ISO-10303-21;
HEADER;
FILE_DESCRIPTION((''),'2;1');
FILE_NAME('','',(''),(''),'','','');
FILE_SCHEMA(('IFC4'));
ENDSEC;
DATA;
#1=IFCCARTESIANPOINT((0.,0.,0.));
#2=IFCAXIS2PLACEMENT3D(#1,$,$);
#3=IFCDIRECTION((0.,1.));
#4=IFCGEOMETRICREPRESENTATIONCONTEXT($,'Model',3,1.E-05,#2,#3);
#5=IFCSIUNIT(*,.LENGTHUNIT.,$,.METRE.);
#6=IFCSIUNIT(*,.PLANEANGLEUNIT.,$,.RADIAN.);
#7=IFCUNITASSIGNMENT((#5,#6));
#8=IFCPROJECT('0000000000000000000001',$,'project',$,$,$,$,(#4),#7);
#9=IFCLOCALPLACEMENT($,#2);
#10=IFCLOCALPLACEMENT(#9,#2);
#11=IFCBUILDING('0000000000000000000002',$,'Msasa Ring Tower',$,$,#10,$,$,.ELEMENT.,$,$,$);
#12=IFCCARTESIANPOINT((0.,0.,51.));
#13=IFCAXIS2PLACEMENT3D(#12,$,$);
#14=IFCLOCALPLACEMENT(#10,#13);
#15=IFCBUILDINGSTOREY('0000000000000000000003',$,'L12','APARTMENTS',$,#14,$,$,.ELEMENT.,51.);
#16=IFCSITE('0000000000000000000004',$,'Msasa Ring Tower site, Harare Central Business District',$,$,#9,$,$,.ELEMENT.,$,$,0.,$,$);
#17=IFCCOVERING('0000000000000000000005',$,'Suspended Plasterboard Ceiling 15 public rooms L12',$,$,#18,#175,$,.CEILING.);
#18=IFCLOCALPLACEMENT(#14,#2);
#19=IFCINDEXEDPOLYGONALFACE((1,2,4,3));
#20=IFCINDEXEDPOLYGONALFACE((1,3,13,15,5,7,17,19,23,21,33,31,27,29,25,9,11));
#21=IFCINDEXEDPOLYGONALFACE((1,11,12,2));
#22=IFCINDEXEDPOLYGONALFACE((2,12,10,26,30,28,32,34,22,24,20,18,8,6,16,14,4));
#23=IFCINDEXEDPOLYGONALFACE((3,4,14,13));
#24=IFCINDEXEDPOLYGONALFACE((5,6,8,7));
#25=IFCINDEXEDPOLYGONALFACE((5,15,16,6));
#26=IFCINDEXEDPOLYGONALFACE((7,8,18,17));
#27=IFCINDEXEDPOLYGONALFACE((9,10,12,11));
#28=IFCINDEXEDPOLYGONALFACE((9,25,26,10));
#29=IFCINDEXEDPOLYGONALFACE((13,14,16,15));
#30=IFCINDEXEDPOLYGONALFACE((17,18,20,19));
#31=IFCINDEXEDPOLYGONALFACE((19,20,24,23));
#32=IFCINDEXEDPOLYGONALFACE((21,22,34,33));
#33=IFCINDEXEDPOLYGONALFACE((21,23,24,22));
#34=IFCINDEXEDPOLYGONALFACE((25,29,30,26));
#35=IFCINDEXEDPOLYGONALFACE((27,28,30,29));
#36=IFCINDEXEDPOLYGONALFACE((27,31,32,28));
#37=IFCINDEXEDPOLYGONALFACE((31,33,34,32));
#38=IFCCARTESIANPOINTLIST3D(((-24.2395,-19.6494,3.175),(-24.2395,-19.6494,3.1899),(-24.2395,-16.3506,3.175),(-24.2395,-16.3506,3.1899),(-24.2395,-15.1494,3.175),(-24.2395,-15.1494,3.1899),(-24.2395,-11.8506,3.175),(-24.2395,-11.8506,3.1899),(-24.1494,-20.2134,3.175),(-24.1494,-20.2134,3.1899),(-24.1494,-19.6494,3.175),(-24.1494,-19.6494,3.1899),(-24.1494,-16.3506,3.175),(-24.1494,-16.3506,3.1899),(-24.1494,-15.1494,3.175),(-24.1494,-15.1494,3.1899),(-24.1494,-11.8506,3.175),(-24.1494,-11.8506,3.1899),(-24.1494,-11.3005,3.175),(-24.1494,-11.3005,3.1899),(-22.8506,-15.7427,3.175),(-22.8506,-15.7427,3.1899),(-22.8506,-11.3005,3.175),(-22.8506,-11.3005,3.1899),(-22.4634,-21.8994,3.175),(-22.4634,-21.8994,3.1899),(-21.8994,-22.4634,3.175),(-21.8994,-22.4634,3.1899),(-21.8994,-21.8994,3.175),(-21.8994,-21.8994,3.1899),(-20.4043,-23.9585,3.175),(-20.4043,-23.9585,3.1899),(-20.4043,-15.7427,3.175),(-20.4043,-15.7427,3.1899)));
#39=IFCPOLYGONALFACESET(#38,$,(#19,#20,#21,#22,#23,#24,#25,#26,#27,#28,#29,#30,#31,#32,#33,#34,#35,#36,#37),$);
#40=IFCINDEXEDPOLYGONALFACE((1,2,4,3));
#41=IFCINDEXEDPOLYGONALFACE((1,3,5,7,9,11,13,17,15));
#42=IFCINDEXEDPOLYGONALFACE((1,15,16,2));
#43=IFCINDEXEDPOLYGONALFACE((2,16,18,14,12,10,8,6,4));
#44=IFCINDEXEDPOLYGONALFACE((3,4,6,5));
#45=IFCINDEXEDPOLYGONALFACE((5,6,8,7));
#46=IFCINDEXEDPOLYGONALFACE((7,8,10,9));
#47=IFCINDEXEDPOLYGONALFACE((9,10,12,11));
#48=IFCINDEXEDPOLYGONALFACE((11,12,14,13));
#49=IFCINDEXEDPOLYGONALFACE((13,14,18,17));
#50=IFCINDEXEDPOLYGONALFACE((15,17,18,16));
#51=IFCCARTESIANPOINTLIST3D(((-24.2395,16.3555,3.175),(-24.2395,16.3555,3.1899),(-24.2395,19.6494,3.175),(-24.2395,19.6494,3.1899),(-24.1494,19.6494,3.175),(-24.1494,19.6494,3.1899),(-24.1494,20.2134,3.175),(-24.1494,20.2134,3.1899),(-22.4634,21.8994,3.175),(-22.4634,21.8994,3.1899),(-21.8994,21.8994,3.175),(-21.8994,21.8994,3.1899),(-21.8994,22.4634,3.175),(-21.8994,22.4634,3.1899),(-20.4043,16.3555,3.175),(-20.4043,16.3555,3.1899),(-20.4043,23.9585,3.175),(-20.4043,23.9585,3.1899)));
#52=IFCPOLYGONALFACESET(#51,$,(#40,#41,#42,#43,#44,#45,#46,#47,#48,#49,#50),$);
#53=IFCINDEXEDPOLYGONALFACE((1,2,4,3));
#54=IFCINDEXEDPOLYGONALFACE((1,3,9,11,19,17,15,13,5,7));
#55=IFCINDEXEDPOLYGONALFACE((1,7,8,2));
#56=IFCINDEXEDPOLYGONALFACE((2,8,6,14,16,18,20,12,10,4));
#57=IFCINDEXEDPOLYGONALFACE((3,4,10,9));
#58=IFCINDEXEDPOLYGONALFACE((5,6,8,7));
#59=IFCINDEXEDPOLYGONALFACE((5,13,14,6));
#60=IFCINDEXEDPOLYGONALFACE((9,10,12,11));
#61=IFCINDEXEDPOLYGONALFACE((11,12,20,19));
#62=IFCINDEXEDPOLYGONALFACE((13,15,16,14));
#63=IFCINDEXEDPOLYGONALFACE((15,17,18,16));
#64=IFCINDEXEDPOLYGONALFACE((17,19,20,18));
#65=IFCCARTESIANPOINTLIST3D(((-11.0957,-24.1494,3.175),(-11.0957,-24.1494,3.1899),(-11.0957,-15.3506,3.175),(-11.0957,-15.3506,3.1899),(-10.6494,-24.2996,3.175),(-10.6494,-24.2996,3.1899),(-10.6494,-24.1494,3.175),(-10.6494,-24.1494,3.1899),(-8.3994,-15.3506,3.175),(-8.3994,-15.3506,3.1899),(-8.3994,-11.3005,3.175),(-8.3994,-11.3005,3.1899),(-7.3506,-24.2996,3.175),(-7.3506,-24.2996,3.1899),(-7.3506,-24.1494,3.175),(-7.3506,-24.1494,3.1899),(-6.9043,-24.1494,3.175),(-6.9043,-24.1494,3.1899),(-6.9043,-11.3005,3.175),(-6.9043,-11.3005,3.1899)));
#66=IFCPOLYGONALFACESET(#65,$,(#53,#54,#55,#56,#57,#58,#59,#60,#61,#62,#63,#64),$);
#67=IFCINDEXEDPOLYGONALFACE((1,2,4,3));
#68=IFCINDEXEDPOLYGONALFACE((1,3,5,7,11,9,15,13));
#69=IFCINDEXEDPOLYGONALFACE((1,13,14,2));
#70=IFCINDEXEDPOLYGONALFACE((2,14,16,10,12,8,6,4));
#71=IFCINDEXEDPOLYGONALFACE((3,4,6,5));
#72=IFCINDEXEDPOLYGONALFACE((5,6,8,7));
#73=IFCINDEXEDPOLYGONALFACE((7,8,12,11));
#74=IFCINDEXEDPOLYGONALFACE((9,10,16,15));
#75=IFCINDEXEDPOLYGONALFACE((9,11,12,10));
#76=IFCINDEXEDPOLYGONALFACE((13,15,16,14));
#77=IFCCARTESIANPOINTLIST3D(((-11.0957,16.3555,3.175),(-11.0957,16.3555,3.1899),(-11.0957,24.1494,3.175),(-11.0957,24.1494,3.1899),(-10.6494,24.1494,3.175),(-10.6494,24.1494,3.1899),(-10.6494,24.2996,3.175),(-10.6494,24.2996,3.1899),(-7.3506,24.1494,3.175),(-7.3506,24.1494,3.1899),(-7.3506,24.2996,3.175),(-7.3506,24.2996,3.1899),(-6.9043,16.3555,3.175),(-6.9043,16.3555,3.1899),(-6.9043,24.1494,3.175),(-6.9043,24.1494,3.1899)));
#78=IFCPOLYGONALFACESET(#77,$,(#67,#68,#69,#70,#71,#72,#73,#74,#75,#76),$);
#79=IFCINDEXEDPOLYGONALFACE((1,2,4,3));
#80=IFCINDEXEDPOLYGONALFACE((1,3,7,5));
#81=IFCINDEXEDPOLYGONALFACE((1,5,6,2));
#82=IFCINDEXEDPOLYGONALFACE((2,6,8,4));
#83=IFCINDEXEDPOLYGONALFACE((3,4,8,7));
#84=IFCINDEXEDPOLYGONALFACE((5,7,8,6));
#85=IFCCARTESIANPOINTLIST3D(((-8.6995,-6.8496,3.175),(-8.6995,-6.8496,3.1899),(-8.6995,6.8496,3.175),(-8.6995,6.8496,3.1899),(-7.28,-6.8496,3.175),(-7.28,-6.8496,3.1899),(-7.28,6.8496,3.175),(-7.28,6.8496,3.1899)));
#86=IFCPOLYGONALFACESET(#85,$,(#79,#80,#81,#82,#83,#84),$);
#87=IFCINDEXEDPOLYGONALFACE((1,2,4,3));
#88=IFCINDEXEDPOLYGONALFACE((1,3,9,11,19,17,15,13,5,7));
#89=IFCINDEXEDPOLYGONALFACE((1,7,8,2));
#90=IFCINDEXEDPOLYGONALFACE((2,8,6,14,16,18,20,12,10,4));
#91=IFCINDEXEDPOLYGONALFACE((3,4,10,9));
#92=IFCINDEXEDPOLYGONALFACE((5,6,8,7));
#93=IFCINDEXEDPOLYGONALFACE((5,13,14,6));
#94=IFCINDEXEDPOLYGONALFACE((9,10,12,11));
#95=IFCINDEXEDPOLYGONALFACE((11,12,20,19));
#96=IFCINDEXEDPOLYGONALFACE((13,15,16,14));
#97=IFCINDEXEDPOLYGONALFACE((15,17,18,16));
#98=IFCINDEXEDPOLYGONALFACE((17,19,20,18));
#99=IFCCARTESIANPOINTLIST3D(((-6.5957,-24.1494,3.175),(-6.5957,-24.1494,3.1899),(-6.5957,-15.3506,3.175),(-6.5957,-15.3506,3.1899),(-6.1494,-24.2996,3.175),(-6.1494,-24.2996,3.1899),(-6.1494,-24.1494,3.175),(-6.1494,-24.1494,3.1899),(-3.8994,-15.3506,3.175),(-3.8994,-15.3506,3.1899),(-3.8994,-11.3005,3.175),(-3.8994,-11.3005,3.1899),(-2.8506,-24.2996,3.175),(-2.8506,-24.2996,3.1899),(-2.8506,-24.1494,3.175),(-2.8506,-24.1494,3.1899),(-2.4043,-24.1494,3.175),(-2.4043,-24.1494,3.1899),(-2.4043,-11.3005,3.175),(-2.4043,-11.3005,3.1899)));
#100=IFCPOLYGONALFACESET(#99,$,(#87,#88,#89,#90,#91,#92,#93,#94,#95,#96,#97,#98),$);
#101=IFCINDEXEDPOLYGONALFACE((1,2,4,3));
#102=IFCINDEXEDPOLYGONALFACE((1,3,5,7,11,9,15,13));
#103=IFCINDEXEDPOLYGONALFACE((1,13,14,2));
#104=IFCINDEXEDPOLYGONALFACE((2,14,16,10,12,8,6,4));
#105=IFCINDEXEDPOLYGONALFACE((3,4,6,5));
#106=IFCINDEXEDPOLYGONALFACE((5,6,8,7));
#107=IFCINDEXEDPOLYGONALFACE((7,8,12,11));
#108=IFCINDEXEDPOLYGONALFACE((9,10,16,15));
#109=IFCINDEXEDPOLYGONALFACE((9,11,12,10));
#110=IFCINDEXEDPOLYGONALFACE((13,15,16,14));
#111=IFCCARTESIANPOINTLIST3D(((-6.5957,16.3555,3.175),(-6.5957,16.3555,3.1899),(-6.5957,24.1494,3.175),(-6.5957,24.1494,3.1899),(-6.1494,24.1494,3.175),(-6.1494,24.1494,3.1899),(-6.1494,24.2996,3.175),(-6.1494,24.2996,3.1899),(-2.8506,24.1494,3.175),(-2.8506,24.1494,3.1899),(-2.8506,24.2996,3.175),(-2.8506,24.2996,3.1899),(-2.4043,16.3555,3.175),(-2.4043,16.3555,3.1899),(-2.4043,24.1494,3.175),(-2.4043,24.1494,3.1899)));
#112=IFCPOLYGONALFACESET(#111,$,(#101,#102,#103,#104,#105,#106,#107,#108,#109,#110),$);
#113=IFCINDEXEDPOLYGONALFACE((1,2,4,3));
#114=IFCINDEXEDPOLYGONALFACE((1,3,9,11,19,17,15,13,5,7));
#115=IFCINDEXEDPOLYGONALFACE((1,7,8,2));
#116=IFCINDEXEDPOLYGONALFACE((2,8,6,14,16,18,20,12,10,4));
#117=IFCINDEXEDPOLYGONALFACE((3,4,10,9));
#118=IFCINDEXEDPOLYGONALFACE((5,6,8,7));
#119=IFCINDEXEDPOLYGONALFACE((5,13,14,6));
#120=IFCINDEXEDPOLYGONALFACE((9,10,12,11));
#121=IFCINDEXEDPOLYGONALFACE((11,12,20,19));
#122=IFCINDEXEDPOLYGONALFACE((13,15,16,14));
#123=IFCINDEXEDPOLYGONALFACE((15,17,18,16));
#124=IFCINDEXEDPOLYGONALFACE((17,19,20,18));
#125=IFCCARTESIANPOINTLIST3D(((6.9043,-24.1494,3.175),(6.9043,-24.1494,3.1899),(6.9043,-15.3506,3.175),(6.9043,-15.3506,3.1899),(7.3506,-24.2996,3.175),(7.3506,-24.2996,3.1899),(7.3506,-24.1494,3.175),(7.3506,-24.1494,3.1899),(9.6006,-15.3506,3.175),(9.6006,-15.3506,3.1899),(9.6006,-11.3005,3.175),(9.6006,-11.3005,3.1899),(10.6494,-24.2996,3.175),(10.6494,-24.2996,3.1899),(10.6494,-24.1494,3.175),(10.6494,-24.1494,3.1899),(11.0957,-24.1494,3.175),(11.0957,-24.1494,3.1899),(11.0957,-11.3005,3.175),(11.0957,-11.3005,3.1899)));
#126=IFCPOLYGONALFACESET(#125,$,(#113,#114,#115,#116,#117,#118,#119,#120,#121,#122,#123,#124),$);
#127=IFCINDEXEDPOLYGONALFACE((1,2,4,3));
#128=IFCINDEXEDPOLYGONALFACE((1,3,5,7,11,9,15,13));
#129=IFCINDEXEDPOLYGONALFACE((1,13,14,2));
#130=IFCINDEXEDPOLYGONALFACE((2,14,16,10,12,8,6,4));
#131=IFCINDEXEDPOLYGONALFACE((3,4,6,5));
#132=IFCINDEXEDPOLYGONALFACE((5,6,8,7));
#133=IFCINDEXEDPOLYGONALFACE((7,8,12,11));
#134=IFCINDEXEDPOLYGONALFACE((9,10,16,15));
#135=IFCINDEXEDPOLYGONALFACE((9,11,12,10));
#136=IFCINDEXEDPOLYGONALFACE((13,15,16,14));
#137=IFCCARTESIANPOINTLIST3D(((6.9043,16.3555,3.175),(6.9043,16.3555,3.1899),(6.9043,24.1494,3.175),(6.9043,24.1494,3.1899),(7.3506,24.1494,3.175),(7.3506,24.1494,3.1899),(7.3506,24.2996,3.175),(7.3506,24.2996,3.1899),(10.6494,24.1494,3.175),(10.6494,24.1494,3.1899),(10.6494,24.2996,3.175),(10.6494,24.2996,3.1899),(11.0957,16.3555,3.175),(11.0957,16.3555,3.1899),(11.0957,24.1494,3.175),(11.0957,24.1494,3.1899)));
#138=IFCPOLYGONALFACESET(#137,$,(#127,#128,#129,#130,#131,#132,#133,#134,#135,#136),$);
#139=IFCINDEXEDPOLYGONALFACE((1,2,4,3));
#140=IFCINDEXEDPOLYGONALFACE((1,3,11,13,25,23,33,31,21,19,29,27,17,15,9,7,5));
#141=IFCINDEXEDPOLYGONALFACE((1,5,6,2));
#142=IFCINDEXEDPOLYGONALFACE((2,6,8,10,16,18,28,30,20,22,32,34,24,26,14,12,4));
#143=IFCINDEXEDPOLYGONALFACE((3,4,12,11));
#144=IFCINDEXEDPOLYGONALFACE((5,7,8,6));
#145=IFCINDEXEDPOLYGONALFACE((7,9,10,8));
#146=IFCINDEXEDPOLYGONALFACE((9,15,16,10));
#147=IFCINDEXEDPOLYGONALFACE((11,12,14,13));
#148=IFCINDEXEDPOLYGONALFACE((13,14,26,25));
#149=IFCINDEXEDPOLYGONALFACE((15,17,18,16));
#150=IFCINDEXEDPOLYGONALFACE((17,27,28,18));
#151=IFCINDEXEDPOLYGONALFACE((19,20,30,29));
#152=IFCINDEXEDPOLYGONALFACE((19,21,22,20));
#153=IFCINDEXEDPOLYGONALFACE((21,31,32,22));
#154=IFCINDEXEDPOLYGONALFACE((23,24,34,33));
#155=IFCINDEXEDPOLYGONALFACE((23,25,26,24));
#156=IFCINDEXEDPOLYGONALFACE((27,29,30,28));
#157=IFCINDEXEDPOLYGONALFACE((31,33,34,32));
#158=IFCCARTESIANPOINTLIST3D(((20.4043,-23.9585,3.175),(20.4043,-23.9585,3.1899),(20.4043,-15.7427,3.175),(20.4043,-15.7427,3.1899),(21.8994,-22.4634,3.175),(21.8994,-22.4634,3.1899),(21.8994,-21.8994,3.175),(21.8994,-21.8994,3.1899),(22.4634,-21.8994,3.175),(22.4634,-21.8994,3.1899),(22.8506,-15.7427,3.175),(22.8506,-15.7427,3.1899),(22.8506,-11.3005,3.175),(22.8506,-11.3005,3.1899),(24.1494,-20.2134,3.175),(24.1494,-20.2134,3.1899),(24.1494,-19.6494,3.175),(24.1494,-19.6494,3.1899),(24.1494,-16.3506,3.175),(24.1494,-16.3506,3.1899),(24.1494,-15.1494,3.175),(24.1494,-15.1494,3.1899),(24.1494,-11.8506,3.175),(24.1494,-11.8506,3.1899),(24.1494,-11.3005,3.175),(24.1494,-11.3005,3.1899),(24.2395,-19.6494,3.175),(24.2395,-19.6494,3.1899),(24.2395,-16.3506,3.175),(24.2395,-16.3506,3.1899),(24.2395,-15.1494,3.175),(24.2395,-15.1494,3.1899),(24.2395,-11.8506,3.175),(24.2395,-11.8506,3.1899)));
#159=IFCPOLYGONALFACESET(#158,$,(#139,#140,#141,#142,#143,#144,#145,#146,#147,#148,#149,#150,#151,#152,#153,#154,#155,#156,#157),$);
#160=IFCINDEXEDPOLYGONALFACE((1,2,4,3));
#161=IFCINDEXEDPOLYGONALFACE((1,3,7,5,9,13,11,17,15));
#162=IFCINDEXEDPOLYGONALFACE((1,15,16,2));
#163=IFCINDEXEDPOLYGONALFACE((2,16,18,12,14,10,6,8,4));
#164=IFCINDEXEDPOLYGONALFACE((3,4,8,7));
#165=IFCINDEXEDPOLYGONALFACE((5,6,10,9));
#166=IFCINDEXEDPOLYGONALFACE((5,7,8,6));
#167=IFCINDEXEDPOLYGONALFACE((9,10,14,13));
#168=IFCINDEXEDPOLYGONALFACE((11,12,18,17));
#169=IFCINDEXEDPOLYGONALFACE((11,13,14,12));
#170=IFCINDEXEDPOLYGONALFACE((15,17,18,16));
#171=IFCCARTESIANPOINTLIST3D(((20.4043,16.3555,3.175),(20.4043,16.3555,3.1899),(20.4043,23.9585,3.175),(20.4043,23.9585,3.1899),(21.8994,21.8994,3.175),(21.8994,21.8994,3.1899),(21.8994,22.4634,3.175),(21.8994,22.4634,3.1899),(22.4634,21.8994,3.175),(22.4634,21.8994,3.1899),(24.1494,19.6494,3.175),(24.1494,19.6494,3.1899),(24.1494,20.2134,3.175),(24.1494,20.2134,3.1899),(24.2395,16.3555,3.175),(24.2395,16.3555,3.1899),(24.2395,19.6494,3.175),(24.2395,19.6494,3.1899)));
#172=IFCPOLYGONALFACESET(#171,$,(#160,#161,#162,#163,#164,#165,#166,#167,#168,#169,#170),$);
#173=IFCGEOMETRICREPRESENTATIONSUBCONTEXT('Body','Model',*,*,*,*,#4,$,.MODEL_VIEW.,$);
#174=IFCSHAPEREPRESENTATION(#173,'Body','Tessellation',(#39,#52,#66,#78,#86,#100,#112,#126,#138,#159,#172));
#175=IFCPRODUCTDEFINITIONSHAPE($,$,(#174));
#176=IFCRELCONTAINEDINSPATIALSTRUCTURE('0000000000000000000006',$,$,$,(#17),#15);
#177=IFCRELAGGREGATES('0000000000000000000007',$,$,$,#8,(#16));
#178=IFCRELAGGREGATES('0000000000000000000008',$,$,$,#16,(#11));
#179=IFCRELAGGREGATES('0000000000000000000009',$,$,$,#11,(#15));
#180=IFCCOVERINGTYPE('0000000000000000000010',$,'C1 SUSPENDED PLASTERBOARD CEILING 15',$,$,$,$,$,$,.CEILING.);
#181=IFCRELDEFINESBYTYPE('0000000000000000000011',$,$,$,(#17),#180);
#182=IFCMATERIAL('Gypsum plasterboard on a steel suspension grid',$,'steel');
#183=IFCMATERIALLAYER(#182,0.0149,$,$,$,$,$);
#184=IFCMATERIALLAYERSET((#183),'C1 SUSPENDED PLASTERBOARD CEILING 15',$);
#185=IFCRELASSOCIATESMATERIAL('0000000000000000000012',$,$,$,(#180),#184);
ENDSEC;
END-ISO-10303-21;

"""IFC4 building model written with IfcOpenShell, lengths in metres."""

from ifc_helpers import new_model, si_unit, direction, frame, origin, place, context, subcontext, project, spatial, line, indexed_curve, outline, extrude, material, layer, layer_set, type_object, element, save


model = new_model("IFC4")

# Units and contexts
model_context = context("Model", 3, precision=1e-05, world=origin(), true_north=direction((0.0, 1.0)))
body_context = subcontext(model_context, "Body", "Model", "MODEL_VIEW")
ifc_project = project(units=[si_unit("LENGTHUNIT", "METRE"), si_unit("PLANEANGLEUNIT", "RADIAN")], contexts=[model_context])

# Site, building, storey
site_placement = place(None, origin())
site = spatial("IfcSite", under=ifc_project, at=site_placement, Name="Msasa Ring Tower site, Harare Central Business District", CompositionType="ELEMENT", RefElevation=0.0)
building_placement = place(site_placement, origin())
building = spatial("IfcBuilding", under=site, at=building_placement, Name="Msasa Ring Tower", CompositionType="ELEMENT")
storey_placement = place(building_placement, frame((0.0, 0.0, 51.0)))
storey = spatial("IfcBuildingStorey", under=building, at=storey_placement, Name="L12", Description="APARTMENTS", CompositionType="ELEMENT", Elevation=51.0)

# Covering
ifc_material_1 = material(Name="Gypsum plasterboard on a steel suspension grid", Category="steel")
ifc_layer_1 = layer(ifc_material_1, 0.0149)
ifc_layer_set_1 = layer_set([ifc_layer_1], Name="C1 SUSPENDED PLASTERBOARD CEILING 15")
covering_type_1 = type_object("IfcCoveringType", Name="C1 SUSPENDED PLASTERBOARD CEILING 15", PredefinedType="CEILING", material=ifc_layer_set_1)
covering_1_placement = place(storey_placement, frame((0.0, 0.0, 3.175)))
element("IfcCovering", 1, at=covering_1_placement, inside=storey, type_object=covering_type_1, Name="Suspended Plasterboard Ceiling 15 public rooms L12", PredefinedType="CEILING", context=body_context, shape_type="SweptSolid", body=[
    extrude(outline(indexed_curve([(-21.8994, -22.4634), (-21.8994, -21.8994), (-22.4634, -21.8994), (-24.1494, -20.2134), (-24.1494, -19.6494), (-24.2395, -19.6494), (-24.2395, -16.3506), (-24.1494, -16.3506), (-24.1494, -15.1494), (-24.2395, -15.1494), (-24.2395, -11.8506), (-24.1494, -11.8506), (-24.1494, -11.3005), (-22.8506, -11.3005), (-22.8506, -15.7427), (-20.4043, -15.7427), (-20.4043, -23.9585)], segments=[line(1, 2, 3, 4, 5, 6, 7, 8, 9, 10, 11, 12, 13, 14, 15, 16, 17, 1)], self_intersect=False)), origin(), (0.0, 0.0, 1.0), 0.0149),
    extrude(outline(indexed_curve([(-24.2395, 16.3555), (-24.2395, 19.6494), (-24.1494, 19.6494), (-24.1494, 20.2134), (-22.4634, 21.8994), (-21.8994, 21.8994), (-21.8994, 22.4634), (-20.4043, 23.9585), (-20.4043, 16.3555)], segments=[line(1, 2, 3, 4, 5, 6, 7, 8, 9, 1)], self_intersect=False)), origin(), (0.0, 0.0, 1.0), 0.0149),
    extrude(outline(indexed_curve([(-8.3994, -11.3005), (-6.9043, -11.3005), (-6.9043, -24.1494), (-7.3506, -24.1494), (-7.3506, -24.2996), (-10.6494, -24.2996), (-10.6494, -24.1494), (-11.0957, -24.1494), (-11.0957, -15.3506), (-8.3994, -15.3506)], segments=[line(1, 2, 3, 4, 5, 6, 7, 8, 9, 10, 1)], self_intersect=False)), origin(), (0.0, 0.0, 1.0), 0.0149),
    extrude(outline(indexed_curve([(-11.0957, 16.3555), (-11.0957, 24.1494), (-10.6494, 24.1494), (-10.6494, 24.2996), (-7.3506, 24.2996), (-7.3506, 24.1494), (-6.9043, 24.1494), (-6.9043, 16.3555)], segments=[line(1, 2, 3, 4, 5, 6, 7, 8, 1)], self_intersect=False)), origin(), (0.0, 0.0, 1.0), 0.0149),
    extrude(outline(indexed_curve([(-8.6995, -6.8496), (-8.6995, 6.8496), (-7.28, 6.8496), (-7.28, -6.8496)], segments=[line(1, 2, 3, 4, 1)], self_intersect=False)), origin(), (0.0, 0.0, 1.0), 0.0149),
    extrude(outline(indexed_curve([(-2.4043, -11.3005), (-2.4043, -24.1494), (-2.8506, -24.1494), (-2.8506, -24.2996), (-6.1494, -24.2996), (-6.1494, -24.1494), (-6.5957, -24.1494), (-6.5957, -15.3506), (-3.8994, -15.3506), (-3.8994, -11.3005)], segments=[line(1, 2, 3, 4, 5, 6, 7, 8, 9, 10, 1)], self_intersect=False)), origin(), (0.0, 0.0, 1.0), 0.0149),
    extrude(outline(indexed_curve([(-6.5957, 16.3555), (-6.5957, 24.1494), (-6.1494, 24.1494), (-6.1494, 24.2996), (-2.8506, 24.2996), (-2.8506, 24.1494), (-2.4043, 24.1494), (-2.4043, 16.3555)], segments=[line(1, 2, 3, 4, 5, 6, 7, 8, 1)], self_intersect=False)), origin(), (0.0, 0.0, 1.0), 0.0149),
    extrude(outline(indexed_curve([(11.0957, -11.3005), (11.0957, -24.1494), (10.6494, -24.1494), (10.6494, -24.2996), (7.3506, -24.2996), (7.3506, -24.1494), (6.9043, -24.1494), (6.9043, -15.3506), (9.6006, -15.3506), (9.6006, -11.3005)], segments=[line(1, 2, 3, 4, 5, 6, 7, 8, 9, 10, 1)], self_intersect=False)), origin(), (0.0, 0.0, 1.0), 0.0149),
    extrude(outline(indexed_curve([(6.9043, 16.3555), (6.9043, 24.1494), (7.3506, 24.1494), (7.3506, 24.2996), (10.6494, 24.2996), (10.6494, 24.1494), (11.0957, 24.1494), (11.0957, 16.3555)], segments=[line(1, 2, 3, 4, 5, 6, 7, 8, 1)], self_intersect=False)), origin(), (0.0, 0.0, 1.0), 0.0149),
    extrude(outline(indexed_curve([(22.8506, -11.3005), (24.1494, -11.3005), (24.1494, -11.8506), (24.2395, -11.8506), (24.2395, -15.1494), (24.1494, -15.1494), (24.1494, -16.3506), (24.2395, -16.3506), (24.2395, -19.6494), (24.1494, -19.6494), (24.1494, -20.2134), (22.4634, -21.8994), (21.8994, -21.8994), (21.8994, -22.4634), (20.4043, -23.9585), (20.4043, -15.7427), (22.8506, -15.7427)], segments=[line(1, 2, 3, 4, 5, 6, 7, 8, 9, 10, 11, 12, 13, 14, 15, 16, 17, 1)], self_intersect=False)), origin(), (0.0, 0.0, 1.0), 0.0149),
    extrude(outline(indexed_curve([(20.4043, 16.3555), (20.4043, 23.9585), (21.8994, 22.4634), (21.8994, 21.8994), (22.4634, 21.8994), (24.1494, 20.2134), (24.1494, 19.6494), (24.2395, 19.6494), (24.2395, 16.3555)], segments=[line(1, 2, 3, 4, 5, 6, 7, 8, 9, 1)], self_intersect=False)), origin(), (0.0, 0.0, 1.0), 0.0149),
])

save(model, "model.ifc")
